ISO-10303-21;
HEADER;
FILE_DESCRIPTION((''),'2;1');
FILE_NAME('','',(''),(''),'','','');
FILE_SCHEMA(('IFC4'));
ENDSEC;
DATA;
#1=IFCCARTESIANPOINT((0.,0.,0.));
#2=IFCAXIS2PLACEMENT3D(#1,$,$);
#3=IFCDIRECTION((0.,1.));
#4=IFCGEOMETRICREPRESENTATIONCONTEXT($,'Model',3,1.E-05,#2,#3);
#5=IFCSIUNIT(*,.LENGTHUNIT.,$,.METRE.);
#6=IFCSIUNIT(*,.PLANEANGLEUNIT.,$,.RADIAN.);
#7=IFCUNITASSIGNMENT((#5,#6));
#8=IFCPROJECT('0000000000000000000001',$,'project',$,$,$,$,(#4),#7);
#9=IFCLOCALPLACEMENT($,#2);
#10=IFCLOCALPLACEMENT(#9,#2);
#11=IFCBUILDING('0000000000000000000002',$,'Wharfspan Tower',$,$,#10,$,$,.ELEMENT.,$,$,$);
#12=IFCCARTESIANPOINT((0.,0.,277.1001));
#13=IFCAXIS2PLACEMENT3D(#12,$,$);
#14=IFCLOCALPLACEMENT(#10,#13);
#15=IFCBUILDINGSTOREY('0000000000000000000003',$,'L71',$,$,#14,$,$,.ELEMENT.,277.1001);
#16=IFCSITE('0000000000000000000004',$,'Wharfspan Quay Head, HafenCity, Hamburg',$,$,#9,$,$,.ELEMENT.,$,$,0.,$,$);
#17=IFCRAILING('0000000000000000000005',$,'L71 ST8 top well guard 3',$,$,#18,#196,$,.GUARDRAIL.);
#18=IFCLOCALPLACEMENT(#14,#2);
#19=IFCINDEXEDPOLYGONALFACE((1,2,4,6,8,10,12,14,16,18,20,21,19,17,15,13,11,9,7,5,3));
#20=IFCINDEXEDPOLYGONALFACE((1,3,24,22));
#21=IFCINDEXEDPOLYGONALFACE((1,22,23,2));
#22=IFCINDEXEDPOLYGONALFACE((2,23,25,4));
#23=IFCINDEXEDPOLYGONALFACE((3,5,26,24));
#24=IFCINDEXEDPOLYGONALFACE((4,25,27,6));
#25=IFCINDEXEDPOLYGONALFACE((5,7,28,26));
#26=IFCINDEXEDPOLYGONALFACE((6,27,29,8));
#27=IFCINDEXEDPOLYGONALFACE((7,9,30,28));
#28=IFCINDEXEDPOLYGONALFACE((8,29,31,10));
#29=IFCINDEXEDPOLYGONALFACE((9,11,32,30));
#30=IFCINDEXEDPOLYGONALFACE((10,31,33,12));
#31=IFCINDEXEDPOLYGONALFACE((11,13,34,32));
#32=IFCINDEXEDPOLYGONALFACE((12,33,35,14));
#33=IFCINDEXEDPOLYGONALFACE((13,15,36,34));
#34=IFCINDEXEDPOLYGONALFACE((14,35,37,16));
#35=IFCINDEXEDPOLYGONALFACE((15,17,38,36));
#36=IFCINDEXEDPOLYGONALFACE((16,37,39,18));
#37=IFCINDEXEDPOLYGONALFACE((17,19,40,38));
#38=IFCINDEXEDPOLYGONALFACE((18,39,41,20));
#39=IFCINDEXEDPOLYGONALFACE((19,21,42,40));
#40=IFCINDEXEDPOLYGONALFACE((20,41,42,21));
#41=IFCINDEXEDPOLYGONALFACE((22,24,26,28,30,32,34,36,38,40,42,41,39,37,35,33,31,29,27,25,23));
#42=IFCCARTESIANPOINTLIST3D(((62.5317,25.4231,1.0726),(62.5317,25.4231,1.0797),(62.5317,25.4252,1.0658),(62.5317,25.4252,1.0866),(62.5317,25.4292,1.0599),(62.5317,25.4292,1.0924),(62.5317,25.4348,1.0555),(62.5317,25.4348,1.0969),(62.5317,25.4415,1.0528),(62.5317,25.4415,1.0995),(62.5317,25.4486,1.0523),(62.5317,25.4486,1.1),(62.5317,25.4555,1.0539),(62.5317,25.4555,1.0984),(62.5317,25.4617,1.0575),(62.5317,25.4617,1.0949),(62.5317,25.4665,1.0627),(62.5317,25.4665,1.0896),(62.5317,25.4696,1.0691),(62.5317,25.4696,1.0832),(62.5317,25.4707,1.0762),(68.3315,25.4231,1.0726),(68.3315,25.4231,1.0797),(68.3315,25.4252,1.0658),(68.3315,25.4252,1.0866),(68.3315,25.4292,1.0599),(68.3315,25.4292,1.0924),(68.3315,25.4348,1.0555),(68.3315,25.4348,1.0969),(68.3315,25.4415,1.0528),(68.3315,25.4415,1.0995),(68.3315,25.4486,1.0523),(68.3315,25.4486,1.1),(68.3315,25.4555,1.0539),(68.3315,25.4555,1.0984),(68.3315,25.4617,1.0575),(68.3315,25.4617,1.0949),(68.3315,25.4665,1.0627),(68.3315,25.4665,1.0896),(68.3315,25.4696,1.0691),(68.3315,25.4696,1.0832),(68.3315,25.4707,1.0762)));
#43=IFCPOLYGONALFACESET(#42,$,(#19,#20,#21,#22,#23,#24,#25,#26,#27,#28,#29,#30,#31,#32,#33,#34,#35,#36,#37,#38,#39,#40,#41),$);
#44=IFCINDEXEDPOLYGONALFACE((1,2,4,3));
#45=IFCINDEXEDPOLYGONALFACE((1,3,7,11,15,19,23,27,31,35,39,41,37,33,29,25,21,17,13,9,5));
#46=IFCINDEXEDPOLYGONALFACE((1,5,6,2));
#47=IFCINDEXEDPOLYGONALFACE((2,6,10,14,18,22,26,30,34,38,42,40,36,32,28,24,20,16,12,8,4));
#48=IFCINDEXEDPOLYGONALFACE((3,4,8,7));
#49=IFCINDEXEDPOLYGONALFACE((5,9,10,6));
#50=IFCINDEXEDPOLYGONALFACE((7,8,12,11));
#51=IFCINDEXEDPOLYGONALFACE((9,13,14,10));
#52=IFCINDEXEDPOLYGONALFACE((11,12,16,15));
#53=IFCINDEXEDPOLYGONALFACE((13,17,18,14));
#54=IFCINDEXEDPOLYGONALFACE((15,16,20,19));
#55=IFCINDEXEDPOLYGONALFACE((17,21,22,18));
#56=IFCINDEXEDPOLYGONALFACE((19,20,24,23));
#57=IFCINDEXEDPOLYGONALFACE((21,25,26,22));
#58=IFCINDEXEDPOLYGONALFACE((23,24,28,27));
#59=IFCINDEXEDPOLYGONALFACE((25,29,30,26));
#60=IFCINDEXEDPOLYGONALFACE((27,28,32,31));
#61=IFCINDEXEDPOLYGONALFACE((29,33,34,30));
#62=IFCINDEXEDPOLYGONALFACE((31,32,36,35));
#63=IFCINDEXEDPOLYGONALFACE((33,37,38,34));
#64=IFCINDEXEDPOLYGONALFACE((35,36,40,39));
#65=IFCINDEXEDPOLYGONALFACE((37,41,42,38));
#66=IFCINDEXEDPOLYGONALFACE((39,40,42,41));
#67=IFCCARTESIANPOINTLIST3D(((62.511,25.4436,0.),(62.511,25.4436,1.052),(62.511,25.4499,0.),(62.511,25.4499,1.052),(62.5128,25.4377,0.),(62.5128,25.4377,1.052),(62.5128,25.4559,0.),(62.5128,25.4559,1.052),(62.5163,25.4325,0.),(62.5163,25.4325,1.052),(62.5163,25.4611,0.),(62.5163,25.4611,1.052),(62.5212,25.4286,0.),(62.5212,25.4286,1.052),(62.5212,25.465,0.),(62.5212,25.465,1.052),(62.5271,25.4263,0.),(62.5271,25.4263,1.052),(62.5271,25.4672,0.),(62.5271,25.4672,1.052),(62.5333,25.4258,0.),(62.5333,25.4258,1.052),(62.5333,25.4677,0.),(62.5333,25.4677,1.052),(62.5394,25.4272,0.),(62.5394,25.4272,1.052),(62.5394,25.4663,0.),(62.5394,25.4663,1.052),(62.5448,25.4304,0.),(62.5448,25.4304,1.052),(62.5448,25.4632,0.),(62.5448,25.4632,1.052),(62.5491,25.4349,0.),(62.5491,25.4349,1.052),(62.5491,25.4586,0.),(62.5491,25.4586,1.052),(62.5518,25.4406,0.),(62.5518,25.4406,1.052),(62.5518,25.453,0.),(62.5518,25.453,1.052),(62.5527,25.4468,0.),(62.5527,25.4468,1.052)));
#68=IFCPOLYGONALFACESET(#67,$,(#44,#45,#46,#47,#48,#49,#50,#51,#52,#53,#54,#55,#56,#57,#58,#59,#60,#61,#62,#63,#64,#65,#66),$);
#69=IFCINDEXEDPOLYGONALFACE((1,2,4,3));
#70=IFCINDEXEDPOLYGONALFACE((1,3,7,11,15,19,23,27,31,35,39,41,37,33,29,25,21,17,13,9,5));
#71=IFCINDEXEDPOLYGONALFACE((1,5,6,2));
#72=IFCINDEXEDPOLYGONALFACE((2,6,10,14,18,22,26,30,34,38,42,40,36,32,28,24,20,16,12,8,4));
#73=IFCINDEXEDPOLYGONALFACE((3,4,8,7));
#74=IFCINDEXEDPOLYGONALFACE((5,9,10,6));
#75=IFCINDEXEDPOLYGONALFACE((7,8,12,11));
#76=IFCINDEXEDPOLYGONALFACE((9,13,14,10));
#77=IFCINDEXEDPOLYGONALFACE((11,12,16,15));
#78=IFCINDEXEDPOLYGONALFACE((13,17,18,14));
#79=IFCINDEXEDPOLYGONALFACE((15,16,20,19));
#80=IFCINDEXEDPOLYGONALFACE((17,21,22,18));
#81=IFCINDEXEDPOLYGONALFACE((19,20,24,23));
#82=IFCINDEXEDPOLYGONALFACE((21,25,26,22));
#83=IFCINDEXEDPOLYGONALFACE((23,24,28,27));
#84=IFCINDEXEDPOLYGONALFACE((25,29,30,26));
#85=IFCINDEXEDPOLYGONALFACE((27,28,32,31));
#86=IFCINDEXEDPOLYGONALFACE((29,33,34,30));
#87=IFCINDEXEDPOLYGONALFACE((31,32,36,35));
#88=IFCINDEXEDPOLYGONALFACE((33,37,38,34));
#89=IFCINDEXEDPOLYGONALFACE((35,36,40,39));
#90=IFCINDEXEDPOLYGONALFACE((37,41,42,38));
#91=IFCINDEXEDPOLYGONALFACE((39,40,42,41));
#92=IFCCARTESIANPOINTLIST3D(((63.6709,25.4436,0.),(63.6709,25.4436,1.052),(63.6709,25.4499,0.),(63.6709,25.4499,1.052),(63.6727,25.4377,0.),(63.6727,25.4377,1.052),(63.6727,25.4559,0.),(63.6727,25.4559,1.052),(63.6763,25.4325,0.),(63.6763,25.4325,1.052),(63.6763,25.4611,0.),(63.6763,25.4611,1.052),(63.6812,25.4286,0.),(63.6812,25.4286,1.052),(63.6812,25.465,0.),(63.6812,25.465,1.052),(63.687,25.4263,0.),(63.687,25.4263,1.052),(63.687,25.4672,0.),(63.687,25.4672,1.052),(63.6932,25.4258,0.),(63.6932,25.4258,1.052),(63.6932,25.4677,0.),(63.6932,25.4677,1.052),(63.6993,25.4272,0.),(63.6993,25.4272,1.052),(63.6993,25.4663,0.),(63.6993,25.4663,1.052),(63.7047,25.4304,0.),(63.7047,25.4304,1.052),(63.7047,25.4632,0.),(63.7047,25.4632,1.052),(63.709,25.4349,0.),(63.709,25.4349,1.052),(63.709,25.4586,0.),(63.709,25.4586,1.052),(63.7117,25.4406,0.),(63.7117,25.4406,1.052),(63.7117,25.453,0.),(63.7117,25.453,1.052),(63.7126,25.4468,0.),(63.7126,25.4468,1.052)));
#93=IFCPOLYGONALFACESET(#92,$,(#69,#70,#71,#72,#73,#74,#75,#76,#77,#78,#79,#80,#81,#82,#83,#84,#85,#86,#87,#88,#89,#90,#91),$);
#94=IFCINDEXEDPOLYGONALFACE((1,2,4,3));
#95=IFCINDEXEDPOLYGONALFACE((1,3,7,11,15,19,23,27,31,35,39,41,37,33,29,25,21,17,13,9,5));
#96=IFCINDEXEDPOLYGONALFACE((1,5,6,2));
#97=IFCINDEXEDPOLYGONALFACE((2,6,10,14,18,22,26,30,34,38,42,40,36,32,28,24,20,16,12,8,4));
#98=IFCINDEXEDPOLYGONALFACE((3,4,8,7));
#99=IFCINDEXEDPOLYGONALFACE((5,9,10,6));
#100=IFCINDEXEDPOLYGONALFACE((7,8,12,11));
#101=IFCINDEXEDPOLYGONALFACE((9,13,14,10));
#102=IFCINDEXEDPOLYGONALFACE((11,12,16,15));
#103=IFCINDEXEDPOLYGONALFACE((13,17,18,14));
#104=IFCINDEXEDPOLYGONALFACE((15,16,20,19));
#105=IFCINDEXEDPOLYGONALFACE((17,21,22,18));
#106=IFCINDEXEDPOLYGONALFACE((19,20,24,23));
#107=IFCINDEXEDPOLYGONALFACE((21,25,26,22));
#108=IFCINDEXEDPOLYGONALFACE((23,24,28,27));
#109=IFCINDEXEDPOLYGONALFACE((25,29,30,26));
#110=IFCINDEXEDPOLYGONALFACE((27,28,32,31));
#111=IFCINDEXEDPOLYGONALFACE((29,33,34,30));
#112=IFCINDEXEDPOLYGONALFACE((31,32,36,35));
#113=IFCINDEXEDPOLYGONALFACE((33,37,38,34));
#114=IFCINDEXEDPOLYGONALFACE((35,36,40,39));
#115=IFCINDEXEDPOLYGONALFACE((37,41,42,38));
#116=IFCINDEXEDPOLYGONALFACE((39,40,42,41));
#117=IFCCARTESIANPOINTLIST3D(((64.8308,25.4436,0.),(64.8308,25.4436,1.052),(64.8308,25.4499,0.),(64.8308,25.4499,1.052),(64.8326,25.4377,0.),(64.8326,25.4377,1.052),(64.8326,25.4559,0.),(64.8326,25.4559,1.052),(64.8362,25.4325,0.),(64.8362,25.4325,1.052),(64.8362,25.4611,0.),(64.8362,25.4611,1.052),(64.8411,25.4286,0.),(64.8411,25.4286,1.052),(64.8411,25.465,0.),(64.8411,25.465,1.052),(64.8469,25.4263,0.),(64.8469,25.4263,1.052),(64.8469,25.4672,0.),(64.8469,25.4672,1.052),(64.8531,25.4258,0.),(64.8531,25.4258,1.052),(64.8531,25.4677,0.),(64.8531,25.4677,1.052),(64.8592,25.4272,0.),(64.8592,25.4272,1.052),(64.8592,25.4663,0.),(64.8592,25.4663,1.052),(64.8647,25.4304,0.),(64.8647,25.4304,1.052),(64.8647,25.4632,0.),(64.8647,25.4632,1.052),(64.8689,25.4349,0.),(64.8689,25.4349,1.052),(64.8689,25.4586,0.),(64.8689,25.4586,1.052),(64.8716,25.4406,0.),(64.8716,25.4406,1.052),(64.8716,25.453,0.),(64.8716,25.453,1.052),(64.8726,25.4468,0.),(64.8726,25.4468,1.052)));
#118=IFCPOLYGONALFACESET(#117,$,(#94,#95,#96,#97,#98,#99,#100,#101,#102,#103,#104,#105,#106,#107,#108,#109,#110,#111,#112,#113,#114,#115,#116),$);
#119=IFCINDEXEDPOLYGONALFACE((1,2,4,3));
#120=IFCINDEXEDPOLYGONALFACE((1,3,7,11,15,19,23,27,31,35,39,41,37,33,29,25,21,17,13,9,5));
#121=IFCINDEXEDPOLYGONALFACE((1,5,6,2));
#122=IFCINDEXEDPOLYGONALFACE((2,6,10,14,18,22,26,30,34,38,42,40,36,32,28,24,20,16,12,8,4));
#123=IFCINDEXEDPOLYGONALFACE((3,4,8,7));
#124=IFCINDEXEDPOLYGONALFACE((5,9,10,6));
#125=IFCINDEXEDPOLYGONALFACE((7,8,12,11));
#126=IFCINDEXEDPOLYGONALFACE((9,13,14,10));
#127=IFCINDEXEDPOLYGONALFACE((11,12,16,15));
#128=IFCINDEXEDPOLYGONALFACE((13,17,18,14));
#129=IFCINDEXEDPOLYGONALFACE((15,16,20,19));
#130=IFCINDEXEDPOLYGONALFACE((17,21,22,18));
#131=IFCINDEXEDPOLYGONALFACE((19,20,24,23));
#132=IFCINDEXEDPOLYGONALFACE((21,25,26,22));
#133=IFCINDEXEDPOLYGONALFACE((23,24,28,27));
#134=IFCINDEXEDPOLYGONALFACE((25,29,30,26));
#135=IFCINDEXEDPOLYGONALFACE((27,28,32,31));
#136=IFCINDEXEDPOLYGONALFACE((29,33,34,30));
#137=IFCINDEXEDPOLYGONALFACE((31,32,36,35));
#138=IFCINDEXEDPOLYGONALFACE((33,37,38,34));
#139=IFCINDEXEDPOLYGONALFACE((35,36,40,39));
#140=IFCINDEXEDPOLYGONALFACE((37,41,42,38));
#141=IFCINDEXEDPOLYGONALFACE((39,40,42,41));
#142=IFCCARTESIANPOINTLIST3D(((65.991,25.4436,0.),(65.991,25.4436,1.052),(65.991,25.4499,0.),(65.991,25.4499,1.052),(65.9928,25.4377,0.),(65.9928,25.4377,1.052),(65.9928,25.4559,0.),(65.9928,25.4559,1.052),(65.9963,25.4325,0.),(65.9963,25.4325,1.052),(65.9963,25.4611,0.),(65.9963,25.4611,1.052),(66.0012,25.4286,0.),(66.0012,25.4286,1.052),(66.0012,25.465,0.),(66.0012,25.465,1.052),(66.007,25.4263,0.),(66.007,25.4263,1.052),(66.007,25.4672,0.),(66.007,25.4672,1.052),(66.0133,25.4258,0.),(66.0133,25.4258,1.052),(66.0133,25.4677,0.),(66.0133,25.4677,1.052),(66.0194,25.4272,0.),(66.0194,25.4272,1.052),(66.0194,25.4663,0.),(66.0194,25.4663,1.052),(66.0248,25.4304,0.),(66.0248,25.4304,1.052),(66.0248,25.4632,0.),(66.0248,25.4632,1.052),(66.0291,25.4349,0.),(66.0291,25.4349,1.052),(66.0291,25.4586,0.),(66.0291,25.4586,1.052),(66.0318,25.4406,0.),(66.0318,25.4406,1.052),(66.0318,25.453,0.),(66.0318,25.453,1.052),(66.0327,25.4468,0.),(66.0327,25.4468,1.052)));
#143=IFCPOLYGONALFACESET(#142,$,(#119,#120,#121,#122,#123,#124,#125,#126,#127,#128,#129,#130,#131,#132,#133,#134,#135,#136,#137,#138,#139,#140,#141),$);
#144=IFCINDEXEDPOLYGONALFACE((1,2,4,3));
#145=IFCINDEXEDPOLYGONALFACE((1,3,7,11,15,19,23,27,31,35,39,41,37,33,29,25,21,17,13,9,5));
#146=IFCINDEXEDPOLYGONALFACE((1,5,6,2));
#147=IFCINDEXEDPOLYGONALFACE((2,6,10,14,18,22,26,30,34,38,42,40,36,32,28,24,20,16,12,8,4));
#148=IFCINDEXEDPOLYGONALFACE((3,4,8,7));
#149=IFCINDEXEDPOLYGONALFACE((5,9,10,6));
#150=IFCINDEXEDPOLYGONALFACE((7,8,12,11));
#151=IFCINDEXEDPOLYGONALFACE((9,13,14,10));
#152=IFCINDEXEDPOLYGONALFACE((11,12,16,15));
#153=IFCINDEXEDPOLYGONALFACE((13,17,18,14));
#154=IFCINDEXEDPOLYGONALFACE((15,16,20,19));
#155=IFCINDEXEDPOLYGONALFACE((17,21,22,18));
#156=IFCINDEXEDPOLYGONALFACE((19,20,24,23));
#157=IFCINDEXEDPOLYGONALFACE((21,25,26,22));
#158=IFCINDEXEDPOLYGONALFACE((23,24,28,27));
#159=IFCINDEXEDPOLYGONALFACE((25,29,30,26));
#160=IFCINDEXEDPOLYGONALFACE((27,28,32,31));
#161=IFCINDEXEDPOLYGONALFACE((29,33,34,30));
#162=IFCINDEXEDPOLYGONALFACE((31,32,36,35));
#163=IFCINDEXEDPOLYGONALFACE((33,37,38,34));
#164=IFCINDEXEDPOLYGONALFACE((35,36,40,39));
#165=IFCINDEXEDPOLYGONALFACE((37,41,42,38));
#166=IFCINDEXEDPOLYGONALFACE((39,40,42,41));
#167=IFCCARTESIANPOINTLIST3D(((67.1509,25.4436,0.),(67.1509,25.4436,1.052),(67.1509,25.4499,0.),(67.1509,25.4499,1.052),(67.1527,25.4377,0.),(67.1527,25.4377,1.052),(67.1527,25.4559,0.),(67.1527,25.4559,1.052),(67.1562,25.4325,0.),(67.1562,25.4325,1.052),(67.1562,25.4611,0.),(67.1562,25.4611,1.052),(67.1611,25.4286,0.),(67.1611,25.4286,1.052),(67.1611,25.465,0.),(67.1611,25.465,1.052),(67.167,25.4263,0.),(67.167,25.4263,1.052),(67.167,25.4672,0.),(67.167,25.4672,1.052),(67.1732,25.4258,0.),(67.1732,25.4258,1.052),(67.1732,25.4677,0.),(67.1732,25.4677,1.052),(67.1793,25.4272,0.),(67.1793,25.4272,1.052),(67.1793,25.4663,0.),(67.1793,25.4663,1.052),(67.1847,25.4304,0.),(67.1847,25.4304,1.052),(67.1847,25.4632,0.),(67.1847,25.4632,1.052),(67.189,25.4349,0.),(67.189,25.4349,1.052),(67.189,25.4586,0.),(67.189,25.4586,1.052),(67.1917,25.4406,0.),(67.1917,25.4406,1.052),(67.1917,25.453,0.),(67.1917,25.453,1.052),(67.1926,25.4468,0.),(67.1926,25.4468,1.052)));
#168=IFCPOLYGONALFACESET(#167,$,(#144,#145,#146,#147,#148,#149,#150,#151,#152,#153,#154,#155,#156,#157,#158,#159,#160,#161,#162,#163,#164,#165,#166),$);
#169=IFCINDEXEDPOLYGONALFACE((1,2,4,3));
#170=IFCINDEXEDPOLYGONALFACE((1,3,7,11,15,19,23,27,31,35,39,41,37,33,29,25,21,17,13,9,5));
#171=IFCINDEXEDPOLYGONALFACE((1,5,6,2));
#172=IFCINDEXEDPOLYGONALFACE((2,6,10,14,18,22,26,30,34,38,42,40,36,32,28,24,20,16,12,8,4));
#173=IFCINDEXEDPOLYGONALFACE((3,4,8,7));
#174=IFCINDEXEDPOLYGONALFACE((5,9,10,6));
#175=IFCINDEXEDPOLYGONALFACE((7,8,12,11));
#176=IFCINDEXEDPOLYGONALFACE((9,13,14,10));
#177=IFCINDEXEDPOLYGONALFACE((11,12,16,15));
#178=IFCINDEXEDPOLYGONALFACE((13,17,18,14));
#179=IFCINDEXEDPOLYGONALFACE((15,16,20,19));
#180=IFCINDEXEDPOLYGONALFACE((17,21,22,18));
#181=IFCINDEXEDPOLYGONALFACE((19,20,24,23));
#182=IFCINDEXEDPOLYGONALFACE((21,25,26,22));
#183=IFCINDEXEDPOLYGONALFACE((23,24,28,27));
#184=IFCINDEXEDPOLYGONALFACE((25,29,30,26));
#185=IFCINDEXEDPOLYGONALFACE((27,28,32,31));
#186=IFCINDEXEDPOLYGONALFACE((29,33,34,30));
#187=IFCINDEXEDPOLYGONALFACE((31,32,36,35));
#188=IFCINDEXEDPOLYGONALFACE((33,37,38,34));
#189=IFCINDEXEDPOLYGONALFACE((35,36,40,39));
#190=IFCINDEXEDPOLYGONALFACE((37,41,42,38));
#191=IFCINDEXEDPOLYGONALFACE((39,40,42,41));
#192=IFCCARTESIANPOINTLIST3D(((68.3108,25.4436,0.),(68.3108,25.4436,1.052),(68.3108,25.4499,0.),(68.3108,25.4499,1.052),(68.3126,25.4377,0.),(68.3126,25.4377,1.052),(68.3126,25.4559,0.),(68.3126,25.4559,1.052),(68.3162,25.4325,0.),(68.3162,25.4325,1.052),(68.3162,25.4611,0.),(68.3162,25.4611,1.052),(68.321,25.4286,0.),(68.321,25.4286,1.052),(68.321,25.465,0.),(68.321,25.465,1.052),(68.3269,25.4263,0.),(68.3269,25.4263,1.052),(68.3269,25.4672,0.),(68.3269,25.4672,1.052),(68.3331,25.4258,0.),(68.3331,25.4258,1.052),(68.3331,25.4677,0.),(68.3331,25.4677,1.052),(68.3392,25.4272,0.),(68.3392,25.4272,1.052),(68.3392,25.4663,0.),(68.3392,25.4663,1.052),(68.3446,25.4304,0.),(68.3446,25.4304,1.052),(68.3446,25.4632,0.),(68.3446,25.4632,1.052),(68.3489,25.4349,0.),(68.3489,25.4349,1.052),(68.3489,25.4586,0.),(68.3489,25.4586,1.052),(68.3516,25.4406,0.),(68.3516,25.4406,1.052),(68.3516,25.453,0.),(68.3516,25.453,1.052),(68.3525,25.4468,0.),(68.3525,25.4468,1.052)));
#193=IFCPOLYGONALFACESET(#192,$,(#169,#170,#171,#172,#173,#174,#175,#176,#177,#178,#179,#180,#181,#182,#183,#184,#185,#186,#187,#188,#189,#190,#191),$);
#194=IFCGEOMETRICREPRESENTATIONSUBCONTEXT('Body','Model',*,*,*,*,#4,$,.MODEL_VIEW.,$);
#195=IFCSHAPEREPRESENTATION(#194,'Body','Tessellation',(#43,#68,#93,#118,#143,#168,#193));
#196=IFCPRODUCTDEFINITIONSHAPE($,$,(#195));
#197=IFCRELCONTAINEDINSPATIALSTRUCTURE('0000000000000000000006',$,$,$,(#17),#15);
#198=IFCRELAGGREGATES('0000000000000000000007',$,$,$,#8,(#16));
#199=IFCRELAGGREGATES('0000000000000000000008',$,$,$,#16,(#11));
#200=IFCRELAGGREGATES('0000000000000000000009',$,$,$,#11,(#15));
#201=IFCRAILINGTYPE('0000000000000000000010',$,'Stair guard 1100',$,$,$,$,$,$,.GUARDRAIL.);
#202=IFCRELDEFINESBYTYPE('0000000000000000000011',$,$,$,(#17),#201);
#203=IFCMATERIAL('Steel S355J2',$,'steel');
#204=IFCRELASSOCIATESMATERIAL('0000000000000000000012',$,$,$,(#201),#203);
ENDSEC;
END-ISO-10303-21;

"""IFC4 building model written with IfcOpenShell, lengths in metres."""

from ifc_helpers import new_model, si_unit, direction, frame, origin, origin_2d, place, context, subcontext, project, spatial, circle, extrude, material, type_object, element, save


model = new_model("IFC4")

# Units and contexts
model_context = context("Model", 3, precision=1e-05, world=origin(), true_north=direction((0.0, 1.0)))
body_context = subcontext(model_context, "Body", "Model", "MODEL_VIEW")
ifc_project = project(units=[si_unit("LENGTHUNIT", "METRE"), si_unit("PLANEANGLEUNIT", "RADIAN")], contexts=[model_context])

# Site, building, storey
site_placement = place(None, origin())
site = spatial("IfcSite", under=ifc_project, at=site_placement, Name="Wharfspan Quay Head, HafenCity, Hamburg", CompositionType="ELEMENT", RefElevation=0.0)
building_placement = place(site_placement, origin())
building = spatial("IfcBuilding", under=site, at=building_placement, Name="Wharfspan Tower", CompositionType="ELEMENT")
storey_placement = place(building_placement, frame((0.0, 0.0, 277.1001)))
storey = spatial("IfcBuildingStorey", under=building, at=storey_placement, Name="L71", CompositionType="ELEMENT", Elevation=277.1001)

# Shared definitions
ifc_material_1 = material(Name="Steel S355J2", Category="steel")

# Railing
railing_type = type_object("IfcRailingType", Name="Stair guard 1100", PredefinedType="GUARDRAIL", material=ifc_material_1)
for number, where, name in (
    (1, (62.5317, 25.4468, 0.0), "L71 ST8 top well guard 3"),
):
    element("IfcRailing", number, at=place(storey_placement, frame(where)), inside=storey, type_object=railing_type, Name=name, PredefinedType="GUARDRAIL", context=body_context, shape_type="SweptSolid", body=[
        extrude(circle(Radius=0.0239, at=origin_2d()), frame((0.0, 0.0, 1.0762), z_axis=(1.0, 0.0, 0.0), x_axis=(0.0, 1.0, 0.0)), (0.0, 0.0, 1.0), 5.7998),
        extrude(circle(Radius=0.021, at=origin_2d()), origin(), (0.0, 0.0, 1.0), 1.052),
        extrude(circle(Radius=0.021, at=origin_2d()), frame((1.1599, 0.0, 0.0)), (0.0, 0.0, 1.0), 1.052),
        extrude(circle(Radius=0.021, at=origin_2d()), frame((2.3198, 0.0, 0.0)), (0.0, 0.0, 1.0), 1.052),
        extrude(circle(Radius=0.021, at=origin_2d()), frame((3.48, 0.0, 0.0)), (0.0, 0.0, 1.0), 1.052),
        extrude(circle(Radius=0.021, at=origin_2d()), frame((4.6399, 0.0, 0.0)), (0.0, 0.0, 1.0), 1.052),
        extrude(circle(Radius=0.021, at=origin_2d()), frame((5.7998, 0.0, 0.0)), (0.0, 0.0, 1.0), 1.052),
    ])

save(model, "model.ifc")
